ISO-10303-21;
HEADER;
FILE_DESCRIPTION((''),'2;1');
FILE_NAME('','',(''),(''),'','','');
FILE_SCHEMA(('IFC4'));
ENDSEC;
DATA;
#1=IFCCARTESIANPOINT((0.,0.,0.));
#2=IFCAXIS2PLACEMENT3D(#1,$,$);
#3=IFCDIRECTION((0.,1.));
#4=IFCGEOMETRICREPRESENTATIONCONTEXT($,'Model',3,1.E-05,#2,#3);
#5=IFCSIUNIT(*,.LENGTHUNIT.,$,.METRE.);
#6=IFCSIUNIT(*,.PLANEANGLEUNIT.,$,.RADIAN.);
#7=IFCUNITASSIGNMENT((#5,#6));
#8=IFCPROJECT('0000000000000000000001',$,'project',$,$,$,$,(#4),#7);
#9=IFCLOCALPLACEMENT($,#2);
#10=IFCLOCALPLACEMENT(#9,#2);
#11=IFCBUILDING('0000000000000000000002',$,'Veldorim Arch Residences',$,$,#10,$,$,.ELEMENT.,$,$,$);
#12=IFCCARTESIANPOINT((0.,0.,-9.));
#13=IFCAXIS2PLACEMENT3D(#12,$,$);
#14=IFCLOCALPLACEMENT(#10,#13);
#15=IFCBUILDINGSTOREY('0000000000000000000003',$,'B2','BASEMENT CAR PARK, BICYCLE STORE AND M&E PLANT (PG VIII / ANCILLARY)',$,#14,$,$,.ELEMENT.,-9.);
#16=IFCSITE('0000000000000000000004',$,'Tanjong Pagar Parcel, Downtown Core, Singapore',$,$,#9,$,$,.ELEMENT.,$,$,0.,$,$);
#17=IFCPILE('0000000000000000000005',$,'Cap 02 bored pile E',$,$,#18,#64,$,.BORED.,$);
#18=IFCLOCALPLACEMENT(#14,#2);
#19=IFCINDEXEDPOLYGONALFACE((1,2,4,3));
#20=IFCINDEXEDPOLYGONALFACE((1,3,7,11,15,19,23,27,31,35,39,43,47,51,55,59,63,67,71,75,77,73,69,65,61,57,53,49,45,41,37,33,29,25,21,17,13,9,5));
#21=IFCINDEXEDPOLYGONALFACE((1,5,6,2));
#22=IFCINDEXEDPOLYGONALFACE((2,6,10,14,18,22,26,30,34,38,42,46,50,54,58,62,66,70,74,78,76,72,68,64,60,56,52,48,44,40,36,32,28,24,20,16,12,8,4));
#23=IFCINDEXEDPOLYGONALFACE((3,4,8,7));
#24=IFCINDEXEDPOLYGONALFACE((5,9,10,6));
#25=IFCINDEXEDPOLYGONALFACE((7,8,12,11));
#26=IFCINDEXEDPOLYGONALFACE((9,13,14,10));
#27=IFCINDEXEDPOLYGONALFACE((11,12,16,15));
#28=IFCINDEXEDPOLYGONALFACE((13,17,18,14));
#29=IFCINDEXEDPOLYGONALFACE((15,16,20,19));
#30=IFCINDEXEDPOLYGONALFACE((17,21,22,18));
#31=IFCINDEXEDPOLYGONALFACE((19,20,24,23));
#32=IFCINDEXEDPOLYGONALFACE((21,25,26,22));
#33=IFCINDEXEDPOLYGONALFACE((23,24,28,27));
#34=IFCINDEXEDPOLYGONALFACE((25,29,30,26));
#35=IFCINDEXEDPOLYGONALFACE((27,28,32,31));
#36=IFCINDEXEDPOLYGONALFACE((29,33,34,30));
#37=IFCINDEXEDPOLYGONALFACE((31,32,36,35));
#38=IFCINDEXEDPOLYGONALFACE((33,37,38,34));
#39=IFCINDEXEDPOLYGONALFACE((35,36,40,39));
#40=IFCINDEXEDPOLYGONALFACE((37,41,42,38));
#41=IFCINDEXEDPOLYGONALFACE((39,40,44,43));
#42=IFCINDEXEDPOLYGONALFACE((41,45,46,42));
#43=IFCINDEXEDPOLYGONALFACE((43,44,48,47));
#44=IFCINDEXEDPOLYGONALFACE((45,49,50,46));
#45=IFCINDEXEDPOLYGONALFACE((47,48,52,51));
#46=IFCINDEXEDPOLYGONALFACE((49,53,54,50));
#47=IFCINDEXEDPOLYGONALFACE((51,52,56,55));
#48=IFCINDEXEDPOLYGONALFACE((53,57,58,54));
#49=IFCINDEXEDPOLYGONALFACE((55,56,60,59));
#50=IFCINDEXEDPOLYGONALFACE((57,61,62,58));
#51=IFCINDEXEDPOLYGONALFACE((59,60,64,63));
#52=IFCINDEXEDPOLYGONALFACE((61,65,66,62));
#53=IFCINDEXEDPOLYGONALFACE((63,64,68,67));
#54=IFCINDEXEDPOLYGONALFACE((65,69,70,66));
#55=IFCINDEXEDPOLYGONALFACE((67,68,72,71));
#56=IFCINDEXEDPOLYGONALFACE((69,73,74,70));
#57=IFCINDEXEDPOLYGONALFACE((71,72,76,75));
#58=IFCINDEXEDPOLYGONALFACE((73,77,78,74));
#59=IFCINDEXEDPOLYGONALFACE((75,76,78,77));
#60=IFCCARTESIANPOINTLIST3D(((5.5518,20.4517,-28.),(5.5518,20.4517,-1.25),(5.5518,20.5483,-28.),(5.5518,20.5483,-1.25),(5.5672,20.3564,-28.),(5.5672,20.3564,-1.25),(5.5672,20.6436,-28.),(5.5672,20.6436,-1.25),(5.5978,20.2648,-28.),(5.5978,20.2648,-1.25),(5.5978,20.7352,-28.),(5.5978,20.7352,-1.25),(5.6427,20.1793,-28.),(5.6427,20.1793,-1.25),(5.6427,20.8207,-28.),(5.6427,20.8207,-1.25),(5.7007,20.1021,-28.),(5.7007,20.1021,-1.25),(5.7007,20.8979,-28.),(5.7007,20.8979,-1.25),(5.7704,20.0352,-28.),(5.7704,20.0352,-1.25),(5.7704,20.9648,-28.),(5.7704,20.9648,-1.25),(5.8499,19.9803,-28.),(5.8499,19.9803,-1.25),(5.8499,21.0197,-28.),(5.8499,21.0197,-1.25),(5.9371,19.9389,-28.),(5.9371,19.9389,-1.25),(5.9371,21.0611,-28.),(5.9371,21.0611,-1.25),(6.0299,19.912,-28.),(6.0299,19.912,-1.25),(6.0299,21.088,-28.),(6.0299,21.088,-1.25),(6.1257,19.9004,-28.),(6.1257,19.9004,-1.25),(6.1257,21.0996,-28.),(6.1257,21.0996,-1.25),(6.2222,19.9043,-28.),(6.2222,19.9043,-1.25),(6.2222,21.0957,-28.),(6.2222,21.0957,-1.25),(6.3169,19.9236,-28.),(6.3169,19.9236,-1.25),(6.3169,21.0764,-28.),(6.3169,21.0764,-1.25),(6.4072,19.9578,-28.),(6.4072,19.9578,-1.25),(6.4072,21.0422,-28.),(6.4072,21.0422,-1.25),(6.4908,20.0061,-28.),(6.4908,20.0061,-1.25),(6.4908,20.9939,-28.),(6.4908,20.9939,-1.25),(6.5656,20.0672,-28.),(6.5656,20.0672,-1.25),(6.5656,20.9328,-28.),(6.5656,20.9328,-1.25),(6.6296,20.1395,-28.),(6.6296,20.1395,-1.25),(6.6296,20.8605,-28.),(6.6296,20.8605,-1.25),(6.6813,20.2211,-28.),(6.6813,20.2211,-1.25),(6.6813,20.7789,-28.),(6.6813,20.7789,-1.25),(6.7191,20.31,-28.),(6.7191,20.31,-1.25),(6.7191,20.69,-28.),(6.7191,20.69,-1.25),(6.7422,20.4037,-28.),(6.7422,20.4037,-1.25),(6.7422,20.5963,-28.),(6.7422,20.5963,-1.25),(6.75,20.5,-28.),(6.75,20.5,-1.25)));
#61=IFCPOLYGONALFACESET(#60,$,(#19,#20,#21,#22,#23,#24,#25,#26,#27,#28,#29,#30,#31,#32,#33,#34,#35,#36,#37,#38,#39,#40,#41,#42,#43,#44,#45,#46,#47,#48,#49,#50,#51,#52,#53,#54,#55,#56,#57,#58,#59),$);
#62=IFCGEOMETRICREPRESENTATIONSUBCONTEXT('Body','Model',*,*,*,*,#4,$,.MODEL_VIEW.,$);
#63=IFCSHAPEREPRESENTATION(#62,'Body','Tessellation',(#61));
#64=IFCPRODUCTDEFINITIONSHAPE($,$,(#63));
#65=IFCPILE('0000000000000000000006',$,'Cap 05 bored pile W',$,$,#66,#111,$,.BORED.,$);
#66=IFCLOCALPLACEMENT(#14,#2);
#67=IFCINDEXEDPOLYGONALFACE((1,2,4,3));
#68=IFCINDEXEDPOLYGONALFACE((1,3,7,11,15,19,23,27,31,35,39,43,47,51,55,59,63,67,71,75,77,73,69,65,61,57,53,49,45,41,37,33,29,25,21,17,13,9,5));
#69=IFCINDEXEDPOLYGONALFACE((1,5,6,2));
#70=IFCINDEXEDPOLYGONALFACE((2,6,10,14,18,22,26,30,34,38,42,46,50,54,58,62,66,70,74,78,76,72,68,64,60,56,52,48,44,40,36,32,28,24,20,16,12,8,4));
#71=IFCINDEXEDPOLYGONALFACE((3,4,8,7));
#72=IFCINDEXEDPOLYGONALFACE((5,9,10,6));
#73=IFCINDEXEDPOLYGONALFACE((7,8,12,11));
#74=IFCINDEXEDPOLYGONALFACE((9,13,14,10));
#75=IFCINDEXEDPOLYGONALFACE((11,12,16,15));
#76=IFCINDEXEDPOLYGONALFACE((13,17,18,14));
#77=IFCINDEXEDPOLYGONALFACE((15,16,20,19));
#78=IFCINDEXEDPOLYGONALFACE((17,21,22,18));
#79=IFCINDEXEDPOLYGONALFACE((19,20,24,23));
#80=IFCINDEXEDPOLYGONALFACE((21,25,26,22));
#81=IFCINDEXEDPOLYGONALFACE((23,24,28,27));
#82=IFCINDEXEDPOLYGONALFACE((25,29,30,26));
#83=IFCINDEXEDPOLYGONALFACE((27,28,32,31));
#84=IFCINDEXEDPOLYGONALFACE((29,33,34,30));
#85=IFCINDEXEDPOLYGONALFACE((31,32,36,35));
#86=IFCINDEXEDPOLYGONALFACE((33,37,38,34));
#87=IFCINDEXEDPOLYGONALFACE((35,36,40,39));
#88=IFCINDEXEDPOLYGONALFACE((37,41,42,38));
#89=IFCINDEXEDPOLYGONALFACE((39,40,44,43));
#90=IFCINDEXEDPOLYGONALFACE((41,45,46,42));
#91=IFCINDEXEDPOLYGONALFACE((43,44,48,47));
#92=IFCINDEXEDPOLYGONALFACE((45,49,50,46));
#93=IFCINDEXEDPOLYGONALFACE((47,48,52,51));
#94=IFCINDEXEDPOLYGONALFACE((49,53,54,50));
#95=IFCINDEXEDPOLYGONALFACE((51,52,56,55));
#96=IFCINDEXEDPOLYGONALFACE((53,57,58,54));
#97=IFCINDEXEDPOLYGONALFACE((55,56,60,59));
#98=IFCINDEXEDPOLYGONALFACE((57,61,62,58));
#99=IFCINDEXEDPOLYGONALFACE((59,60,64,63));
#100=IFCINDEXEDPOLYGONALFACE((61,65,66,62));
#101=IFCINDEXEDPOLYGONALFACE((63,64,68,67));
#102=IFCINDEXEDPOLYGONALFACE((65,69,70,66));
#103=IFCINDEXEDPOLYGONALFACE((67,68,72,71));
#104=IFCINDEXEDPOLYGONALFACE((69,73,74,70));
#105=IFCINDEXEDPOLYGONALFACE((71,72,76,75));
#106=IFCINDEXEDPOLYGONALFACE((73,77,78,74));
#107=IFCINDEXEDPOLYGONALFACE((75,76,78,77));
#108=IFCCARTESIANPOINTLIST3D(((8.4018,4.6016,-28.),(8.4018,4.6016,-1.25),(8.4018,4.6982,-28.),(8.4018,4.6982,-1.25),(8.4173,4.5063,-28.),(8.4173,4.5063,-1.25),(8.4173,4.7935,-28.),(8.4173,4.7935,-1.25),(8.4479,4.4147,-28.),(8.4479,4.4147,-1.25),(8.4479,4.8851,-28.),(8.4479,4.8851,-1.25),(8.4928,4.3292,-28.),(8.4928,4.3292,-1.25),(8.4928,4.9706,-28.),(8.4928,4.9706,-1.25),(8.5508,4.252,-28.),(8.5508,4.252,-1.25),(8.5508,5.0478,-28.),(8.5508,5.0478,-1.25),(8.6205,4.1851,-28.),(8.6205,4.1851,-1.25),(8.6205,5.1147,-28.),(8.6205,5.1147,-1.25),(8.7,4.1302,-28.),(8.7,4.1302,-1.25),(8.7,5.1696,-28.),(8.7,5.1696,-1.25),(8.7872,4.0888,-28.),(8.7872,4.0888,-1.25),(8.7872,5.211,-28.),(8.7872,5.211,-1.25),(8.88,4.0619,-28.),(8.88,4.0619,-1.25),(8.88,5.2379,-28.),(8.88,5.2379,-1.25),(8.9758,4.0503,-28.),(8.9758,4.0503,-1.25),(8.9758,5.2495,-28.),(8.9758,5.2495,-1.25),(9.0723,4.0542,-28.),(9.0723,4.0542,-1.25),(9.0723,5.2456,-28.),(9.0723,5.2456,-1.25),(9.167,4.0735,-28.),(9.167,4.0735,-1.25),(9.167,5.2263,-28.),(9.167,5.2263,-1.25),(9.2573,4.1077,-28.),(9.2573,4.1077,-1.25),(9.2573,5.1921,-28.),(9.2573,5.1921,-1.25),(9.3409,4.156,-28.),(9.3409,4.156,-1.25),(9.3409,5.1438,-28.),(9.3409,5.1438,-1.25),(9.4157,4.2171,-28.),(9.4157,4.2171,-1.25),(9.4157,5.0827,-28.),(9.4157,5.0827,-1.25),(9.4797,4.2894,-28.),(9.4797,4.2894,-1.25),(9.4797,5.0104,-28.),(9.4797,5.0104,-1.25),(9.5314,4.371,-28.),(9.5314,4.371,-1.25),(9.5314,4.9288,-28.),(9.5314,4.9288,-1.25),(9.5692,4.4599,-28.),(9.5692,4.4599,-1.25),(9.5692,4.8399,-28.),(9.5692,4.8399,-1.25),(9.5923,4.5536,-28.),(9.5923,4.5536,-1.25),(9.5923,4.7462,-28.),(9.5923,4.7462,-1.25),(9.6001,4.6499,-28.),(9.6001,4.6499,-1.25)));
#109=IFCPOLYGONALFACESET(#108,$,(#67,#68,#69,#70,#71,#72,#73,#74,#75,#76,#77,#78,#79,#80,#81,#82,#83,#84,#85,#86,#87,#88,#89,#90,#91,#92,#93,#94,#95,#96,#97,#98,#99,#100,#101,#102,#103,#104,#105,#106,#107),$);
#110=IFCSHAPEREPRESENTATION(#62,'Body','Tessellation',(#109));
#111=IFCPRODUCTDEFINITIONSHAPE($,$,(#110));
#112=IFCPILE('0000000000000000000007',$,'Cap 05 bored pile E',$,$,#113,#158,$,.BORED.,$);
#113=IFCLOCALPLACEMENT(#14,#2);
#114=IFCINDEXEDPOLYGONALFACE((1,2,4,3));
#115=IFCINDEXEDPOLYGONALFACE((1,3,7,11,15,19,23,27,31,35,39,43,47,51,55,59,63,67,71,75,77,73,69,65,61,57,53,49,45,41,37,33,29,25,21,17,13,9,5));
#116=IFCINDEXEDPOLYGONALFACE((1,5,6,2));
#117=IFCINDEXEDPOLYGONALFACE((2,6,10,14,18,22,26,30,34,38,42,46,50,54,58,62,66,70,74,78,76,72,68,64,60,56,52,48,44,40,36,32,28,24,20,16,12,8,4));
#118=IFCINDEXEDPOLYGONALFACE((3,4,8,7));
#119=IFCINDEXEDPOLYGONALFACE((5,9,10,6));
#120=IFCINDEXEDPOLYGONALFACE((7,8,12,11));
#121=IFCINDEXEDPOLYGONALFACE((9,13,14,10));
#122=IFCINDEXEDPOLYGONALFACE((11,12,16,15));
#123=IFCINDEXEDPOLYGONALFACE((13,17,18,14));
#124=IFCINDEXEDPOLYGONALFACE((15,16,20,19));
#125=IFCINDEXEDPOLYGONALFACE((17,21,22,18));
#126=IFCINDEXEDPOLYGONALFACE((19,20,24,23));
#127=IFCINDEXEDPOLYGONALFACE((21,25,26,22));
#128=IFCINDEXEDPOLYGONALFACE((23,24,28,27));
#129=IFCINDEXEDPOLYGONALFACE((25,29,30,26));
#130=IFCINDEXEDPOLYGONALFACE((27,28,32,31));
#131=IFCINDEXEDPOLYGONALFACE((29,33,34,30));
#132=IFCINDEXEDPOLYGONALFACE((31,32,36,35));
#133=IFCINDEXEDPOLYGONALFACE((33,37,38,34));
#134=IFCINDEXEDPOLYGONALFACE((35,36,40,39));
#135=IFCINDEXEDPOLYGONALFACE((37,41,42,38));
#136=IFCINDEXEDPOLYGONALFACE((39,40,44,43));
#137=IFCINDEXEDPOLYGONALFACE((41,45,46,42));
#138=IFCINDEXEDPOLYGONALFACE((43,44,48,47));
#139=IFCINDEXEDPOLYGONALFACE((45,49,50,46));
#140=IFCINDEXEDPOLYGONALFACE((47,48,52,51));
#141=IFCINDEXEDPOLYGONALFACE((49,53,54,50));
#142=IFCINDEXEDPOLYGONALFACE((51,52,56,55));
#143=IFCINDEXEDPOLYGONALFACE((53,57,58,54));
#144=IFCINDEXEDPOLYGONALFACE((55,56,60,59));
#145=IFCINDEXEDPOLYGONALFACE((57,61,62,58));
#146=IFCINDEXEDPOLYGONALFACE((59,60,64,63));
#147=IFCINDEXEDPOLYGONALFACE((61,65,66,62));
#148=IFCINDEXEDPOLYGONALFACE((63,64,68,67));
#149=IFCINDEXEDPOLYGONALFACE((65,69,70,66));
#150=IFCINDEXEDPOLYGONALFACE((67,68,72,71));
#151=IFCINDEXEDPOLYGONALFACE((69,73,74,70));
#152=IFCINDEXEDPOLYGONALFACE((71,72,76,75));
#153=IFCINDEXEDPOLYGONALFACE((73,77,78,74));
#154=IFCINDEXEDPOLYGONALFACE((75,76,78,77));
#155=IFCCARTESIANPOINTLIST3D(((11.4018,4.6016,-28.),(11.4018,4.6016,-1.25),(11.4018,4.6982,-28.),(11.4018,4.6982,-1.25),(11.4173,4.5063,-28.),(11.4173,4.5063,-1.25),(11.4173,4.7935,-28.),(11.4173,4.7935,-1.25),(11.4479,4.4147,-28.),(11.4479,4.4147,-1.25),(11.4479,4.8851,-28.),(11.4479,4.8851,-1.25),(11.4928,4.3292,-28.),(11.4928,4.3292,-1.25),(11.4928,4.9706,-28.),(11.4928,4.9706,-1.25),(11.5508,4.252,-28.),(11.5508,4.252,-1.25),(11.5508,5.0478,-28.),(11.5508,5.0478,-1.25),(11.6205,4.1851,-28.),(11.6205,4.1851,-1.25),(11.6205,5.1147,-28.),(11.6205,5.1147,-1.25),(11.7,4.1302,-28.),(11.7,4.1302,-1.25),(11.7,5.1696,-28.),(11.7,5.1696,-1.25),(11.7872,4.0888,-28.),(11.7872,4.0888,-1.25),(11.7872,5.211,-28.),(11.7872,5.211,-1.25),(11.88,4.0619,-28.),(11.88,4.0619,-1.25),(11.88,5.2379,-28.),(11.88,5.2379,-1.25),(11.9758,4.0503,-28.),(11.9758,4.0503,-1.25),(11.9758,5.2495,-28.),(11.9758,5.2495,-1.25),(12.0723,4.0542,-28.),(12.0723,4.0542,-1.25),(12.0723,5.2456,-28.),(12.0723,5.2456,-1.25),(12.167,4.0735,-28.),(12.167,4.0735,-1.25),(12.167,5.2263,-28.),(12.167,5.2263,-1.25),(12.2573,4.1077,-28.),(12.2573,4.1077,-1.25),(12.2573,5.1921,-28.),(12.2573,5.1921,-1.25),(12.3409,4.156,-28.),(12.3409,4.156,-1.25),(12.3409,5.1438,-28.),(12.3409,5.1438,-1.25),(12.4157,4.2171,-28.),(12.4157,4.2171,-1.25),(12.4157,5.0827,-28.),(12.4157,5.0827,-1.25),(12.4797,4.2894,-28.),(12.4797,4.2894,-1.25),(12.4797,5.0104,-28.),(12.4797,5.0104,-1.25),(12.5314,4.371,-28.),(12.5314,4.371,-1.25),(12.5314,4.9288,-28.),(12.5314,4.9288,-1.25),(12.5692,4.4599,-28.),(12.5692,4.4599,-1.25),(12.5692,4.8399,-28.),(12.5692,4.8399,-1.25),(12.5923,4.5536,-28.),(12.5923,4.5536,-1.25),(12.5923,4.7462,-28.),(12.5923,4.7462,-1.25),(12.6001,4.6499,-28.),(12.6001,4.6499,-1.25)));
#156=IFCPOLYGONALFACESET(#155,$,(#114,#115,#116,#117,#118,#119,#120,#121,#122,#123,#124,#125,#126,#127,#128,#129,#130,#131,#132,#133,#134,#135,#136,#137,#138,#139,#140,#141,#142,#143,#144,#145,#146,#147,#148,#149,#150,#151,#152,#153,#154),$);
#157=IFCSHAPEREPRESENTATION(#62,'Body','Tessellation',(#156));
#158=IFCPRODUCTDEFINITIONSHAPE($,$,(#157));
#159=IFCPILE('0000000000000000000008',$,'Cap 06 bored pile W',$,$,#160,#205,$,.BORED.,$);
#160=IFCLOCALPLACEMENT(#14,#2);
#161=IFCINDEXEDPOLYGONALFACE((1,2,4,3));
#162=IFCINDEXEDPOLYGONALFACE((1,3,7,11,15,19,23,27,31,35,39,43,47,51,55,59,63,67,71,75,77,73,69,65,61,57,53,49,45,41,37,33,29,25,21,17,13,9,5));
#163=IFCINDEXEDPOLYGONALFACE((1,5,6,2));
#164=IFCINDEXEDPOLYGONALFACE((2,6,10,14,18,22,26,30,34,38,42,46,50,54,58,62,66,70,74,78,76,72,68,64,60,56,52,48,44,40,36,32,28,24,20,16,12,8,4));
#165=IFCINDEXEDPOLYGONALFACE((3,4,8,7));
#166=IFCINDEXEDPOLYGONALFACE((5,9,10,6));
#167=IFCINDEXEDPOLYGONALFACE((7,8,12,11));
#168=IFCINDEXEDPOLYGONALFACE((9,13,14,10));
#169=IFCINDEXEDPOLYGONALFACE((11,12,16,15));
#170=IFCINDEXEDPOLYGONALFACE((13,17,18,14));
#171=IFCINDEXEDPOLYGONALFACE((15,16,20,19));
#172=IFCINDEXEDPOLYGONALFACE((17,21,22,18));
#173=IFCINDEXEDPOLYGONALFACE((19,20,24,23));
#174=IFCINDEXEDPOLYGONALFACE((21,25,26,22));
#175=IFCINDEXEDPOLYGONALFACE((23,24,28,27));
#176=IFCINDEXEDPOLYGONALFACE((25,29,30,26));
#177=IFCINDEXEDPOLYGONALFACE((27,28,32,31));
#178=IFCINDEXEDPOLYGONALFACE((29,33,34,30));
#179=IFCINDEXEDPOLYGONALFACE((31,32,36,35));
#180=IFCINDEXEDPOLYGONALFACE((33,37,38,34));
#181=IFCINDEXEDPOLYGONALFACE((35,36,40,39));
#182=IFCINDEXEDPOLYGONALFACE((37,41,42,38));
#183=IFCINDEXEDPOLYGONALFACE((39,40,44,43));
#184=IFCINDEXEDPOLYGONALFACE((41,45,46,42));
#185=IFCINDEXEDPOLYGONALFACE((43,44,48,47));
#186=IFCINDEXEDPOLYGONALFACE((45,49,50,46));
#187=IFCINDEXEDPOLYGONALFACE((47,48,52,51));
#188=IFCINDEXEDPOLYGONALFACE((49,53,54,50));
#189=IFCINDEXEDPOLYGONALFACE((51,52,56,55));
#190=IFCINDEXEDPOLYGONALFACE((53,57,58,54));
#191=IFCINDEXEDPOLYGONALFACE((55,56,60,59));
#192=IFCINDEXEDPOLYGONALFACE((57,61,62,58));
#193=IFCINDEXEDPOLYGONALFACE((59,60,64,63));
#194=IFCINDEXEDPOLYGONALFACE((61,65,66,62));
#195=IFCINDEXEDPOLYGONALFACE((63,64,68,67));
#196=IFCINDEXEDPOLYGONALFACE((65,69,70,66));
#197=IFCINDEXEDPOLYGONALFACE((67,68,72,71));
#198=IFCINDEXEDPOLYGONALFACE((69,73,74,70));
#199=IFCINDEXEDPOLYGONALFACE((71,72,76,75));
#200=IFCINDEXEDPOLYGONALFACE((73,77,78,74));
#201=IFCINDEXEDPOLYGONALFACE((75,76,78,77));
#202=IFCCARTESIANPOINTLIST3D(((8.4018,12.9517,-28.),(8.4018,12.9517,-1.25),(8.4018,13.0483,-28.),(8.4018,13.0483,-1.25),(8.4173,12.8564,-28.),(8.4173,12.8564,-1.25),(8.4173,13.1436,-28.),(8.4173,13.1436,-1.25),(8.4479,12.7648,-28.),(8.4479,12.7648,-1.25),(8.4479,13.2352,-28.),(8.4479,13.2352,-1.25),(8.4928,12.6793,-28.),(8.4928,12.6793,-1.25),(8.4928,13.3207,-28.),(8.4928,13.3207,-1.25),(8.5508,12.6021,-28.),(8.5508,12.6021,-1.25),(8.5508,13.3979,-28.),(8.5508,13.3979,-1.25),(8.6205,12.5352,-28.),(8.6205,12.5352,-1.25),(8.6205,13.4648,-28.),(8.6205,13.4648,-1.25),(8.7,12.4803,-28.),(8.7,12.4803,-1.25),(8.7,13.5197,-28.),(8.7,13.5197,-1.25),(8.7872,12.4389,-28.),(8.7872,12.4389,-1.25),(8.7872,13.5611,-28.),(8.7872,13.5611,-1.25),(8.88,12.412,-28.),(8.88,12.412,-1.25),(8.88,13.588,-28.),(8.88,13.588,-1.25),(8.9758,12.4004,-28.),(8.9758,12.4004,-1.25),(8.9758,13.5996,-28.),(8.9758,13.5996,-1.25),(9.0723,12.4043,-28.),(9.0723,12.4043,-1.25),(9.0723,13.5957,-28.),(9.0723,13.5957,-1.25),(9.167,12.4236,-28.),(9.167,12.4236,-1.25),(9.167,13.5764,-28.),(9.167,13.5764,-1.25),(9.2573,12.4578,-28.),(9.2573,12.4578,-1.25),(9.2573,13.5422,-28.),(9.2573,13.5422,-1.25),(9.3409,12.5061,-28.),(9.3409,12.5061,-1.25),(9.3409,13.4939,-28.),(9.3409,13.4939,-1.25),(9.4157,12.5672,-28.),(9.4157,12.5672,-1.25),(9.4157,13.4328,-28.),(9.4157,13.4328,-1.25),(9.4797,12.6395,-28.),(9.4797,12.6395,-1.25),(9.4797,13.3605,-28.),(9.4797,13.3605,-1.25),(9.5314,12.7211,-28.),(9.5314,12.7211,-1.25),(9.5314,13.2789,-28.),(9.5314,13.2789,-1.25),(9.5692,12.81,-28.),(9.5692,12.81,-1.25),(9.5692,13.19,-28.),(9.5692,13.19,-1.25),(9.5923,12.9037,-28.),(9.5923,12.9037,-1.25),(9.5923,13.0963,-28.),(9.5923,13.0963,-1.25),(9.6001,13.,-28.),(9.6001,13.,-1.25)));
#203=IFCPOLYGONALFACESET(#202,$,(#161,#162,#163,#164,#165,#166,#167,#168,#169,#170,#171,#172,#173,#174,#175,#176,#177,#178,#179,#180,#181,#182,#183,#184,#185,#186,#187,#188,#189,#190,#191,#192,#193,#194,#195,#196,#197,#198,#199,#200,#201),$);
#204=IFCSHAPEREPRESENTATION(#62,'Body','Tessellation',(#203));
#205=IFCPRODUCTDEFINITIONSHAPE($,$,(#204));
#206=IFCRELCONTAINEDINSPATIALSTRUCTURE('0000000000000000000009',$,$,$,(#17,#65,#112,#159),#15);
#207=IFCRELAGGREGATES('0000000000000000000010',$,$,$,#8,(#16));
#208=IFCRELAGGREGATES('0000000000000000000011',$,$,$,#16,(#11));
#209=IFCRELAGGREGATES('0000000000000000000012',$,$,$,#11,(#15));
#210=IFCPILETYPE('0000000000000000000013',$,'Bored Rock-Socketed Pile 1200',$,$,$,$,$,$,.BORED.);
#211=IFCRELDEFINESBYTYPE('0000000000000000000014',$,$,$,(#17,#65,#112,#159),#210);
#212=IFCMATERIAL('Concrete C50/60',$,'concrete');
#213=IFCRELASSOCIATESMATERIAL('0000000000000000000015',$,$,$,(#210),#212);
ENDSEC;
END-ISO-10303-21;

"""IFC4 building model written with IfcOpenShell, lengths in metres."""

from ifc_helpers import new_model, si_unit, direction, frame, origin, origin_2d, place, context, subcontext, project, spatial, circle, extrude, material, material_profile, profile_set, type_object, element, save


model = new_model("IFC4")

# Units and contexts
model_context = context("Model", 3, precision=1e-05, world=origin(), true_north=direction((0.0, 1.0)))
body_context = subcontext(model_context, "Body", "Model", "MODEL_VIEW")
ifc_project = project(units=[si_unit("LENGTHUNIT", "METRE"), si_unit("PLANEANGLEUNIT", "RADIAN")], contexts=[model_context])

# Site, building, storey
site_placement = place(None, origin())
site = spatial("IfcSite", under=ifc_project, at=site_placement, Name="Tanjong Pagar Parcel, Downtown Core, Singapore", CompositionType="ELEMENT", RefElevation=0.0)
building_placement = place(site_placement, origin())
building = spatial("IfcBuilding", under=site, at=building_placement, Name="Veldorim Arch Residences", CompositionType="ELEMENT")
storey_placement = place(building_placement, frame((0.0, 0.0, -9.0)))
storey = spatial("IfcBuildingStorey", under=building, at=storey_placement, Name="B2", Description="BASEMENT CAR PARK, BICYCLE STORE AND M&E PLANT (PG VIII / ANCILLARY)", CompositionType="ELEMENT", Elevation=-9.0)

# Piles
ifc_material_1 = material(Name="Concrete C50/60", Category="concrete")
ifc_material_profile_1 = material_profile(ifc_material_1, circle(Radius=0.6001, at=origin_2d()), Name="PILE_1200")
ifc_profile_set_1 = profile_set([ifc_material_profile_1], Name="Concrete C50/60")
pile_type = type_object("IfcPileType", Name="Bored Rock-Socketed Pile 1200", PredefinedType="BORED", material=ifc_profile_set_1)
for number, where, z_axis, x_axis, name in (
    (1, (6.1499, 20.5, -1.25), (0.0, 0.0, -1.0), (1.0, 0.0, 0.0), "Cap 02 bored pile E"),
    (2, (9.0, 4.6499, -1.25), (0.0, 0.0, -1.0), (1.0, 0.0, 0.0), "Cap 05 bored pile W"),
    (3, (12.0, 4.6499, -1.25), (0.0, 0.0, -1.0), (1.0, 0.0, 0.0), "Cap 05 bored pile E"),
    (4, (9.0, 13.0, -1.25), (0.0, 0.0, -1.0), (1.0, 0.0, 0.0), "Cap 06 bored pile W"),
):
    element("IfcPile", number, at=place(storey_placement, frame(where, z_axis=z_axis, x_axis=x_axis)), inside=storey, type_object=pile_type, Name=name, PredefinedType="BORED", context=body_context, shape_type="SweptSolid", body=[
        extrude(circle(Radius=0.6001, at=origin_2d()), origin(), (0.0, 0.0, 1.0), 26.75),
    ])

save(model, "model.ifc")
